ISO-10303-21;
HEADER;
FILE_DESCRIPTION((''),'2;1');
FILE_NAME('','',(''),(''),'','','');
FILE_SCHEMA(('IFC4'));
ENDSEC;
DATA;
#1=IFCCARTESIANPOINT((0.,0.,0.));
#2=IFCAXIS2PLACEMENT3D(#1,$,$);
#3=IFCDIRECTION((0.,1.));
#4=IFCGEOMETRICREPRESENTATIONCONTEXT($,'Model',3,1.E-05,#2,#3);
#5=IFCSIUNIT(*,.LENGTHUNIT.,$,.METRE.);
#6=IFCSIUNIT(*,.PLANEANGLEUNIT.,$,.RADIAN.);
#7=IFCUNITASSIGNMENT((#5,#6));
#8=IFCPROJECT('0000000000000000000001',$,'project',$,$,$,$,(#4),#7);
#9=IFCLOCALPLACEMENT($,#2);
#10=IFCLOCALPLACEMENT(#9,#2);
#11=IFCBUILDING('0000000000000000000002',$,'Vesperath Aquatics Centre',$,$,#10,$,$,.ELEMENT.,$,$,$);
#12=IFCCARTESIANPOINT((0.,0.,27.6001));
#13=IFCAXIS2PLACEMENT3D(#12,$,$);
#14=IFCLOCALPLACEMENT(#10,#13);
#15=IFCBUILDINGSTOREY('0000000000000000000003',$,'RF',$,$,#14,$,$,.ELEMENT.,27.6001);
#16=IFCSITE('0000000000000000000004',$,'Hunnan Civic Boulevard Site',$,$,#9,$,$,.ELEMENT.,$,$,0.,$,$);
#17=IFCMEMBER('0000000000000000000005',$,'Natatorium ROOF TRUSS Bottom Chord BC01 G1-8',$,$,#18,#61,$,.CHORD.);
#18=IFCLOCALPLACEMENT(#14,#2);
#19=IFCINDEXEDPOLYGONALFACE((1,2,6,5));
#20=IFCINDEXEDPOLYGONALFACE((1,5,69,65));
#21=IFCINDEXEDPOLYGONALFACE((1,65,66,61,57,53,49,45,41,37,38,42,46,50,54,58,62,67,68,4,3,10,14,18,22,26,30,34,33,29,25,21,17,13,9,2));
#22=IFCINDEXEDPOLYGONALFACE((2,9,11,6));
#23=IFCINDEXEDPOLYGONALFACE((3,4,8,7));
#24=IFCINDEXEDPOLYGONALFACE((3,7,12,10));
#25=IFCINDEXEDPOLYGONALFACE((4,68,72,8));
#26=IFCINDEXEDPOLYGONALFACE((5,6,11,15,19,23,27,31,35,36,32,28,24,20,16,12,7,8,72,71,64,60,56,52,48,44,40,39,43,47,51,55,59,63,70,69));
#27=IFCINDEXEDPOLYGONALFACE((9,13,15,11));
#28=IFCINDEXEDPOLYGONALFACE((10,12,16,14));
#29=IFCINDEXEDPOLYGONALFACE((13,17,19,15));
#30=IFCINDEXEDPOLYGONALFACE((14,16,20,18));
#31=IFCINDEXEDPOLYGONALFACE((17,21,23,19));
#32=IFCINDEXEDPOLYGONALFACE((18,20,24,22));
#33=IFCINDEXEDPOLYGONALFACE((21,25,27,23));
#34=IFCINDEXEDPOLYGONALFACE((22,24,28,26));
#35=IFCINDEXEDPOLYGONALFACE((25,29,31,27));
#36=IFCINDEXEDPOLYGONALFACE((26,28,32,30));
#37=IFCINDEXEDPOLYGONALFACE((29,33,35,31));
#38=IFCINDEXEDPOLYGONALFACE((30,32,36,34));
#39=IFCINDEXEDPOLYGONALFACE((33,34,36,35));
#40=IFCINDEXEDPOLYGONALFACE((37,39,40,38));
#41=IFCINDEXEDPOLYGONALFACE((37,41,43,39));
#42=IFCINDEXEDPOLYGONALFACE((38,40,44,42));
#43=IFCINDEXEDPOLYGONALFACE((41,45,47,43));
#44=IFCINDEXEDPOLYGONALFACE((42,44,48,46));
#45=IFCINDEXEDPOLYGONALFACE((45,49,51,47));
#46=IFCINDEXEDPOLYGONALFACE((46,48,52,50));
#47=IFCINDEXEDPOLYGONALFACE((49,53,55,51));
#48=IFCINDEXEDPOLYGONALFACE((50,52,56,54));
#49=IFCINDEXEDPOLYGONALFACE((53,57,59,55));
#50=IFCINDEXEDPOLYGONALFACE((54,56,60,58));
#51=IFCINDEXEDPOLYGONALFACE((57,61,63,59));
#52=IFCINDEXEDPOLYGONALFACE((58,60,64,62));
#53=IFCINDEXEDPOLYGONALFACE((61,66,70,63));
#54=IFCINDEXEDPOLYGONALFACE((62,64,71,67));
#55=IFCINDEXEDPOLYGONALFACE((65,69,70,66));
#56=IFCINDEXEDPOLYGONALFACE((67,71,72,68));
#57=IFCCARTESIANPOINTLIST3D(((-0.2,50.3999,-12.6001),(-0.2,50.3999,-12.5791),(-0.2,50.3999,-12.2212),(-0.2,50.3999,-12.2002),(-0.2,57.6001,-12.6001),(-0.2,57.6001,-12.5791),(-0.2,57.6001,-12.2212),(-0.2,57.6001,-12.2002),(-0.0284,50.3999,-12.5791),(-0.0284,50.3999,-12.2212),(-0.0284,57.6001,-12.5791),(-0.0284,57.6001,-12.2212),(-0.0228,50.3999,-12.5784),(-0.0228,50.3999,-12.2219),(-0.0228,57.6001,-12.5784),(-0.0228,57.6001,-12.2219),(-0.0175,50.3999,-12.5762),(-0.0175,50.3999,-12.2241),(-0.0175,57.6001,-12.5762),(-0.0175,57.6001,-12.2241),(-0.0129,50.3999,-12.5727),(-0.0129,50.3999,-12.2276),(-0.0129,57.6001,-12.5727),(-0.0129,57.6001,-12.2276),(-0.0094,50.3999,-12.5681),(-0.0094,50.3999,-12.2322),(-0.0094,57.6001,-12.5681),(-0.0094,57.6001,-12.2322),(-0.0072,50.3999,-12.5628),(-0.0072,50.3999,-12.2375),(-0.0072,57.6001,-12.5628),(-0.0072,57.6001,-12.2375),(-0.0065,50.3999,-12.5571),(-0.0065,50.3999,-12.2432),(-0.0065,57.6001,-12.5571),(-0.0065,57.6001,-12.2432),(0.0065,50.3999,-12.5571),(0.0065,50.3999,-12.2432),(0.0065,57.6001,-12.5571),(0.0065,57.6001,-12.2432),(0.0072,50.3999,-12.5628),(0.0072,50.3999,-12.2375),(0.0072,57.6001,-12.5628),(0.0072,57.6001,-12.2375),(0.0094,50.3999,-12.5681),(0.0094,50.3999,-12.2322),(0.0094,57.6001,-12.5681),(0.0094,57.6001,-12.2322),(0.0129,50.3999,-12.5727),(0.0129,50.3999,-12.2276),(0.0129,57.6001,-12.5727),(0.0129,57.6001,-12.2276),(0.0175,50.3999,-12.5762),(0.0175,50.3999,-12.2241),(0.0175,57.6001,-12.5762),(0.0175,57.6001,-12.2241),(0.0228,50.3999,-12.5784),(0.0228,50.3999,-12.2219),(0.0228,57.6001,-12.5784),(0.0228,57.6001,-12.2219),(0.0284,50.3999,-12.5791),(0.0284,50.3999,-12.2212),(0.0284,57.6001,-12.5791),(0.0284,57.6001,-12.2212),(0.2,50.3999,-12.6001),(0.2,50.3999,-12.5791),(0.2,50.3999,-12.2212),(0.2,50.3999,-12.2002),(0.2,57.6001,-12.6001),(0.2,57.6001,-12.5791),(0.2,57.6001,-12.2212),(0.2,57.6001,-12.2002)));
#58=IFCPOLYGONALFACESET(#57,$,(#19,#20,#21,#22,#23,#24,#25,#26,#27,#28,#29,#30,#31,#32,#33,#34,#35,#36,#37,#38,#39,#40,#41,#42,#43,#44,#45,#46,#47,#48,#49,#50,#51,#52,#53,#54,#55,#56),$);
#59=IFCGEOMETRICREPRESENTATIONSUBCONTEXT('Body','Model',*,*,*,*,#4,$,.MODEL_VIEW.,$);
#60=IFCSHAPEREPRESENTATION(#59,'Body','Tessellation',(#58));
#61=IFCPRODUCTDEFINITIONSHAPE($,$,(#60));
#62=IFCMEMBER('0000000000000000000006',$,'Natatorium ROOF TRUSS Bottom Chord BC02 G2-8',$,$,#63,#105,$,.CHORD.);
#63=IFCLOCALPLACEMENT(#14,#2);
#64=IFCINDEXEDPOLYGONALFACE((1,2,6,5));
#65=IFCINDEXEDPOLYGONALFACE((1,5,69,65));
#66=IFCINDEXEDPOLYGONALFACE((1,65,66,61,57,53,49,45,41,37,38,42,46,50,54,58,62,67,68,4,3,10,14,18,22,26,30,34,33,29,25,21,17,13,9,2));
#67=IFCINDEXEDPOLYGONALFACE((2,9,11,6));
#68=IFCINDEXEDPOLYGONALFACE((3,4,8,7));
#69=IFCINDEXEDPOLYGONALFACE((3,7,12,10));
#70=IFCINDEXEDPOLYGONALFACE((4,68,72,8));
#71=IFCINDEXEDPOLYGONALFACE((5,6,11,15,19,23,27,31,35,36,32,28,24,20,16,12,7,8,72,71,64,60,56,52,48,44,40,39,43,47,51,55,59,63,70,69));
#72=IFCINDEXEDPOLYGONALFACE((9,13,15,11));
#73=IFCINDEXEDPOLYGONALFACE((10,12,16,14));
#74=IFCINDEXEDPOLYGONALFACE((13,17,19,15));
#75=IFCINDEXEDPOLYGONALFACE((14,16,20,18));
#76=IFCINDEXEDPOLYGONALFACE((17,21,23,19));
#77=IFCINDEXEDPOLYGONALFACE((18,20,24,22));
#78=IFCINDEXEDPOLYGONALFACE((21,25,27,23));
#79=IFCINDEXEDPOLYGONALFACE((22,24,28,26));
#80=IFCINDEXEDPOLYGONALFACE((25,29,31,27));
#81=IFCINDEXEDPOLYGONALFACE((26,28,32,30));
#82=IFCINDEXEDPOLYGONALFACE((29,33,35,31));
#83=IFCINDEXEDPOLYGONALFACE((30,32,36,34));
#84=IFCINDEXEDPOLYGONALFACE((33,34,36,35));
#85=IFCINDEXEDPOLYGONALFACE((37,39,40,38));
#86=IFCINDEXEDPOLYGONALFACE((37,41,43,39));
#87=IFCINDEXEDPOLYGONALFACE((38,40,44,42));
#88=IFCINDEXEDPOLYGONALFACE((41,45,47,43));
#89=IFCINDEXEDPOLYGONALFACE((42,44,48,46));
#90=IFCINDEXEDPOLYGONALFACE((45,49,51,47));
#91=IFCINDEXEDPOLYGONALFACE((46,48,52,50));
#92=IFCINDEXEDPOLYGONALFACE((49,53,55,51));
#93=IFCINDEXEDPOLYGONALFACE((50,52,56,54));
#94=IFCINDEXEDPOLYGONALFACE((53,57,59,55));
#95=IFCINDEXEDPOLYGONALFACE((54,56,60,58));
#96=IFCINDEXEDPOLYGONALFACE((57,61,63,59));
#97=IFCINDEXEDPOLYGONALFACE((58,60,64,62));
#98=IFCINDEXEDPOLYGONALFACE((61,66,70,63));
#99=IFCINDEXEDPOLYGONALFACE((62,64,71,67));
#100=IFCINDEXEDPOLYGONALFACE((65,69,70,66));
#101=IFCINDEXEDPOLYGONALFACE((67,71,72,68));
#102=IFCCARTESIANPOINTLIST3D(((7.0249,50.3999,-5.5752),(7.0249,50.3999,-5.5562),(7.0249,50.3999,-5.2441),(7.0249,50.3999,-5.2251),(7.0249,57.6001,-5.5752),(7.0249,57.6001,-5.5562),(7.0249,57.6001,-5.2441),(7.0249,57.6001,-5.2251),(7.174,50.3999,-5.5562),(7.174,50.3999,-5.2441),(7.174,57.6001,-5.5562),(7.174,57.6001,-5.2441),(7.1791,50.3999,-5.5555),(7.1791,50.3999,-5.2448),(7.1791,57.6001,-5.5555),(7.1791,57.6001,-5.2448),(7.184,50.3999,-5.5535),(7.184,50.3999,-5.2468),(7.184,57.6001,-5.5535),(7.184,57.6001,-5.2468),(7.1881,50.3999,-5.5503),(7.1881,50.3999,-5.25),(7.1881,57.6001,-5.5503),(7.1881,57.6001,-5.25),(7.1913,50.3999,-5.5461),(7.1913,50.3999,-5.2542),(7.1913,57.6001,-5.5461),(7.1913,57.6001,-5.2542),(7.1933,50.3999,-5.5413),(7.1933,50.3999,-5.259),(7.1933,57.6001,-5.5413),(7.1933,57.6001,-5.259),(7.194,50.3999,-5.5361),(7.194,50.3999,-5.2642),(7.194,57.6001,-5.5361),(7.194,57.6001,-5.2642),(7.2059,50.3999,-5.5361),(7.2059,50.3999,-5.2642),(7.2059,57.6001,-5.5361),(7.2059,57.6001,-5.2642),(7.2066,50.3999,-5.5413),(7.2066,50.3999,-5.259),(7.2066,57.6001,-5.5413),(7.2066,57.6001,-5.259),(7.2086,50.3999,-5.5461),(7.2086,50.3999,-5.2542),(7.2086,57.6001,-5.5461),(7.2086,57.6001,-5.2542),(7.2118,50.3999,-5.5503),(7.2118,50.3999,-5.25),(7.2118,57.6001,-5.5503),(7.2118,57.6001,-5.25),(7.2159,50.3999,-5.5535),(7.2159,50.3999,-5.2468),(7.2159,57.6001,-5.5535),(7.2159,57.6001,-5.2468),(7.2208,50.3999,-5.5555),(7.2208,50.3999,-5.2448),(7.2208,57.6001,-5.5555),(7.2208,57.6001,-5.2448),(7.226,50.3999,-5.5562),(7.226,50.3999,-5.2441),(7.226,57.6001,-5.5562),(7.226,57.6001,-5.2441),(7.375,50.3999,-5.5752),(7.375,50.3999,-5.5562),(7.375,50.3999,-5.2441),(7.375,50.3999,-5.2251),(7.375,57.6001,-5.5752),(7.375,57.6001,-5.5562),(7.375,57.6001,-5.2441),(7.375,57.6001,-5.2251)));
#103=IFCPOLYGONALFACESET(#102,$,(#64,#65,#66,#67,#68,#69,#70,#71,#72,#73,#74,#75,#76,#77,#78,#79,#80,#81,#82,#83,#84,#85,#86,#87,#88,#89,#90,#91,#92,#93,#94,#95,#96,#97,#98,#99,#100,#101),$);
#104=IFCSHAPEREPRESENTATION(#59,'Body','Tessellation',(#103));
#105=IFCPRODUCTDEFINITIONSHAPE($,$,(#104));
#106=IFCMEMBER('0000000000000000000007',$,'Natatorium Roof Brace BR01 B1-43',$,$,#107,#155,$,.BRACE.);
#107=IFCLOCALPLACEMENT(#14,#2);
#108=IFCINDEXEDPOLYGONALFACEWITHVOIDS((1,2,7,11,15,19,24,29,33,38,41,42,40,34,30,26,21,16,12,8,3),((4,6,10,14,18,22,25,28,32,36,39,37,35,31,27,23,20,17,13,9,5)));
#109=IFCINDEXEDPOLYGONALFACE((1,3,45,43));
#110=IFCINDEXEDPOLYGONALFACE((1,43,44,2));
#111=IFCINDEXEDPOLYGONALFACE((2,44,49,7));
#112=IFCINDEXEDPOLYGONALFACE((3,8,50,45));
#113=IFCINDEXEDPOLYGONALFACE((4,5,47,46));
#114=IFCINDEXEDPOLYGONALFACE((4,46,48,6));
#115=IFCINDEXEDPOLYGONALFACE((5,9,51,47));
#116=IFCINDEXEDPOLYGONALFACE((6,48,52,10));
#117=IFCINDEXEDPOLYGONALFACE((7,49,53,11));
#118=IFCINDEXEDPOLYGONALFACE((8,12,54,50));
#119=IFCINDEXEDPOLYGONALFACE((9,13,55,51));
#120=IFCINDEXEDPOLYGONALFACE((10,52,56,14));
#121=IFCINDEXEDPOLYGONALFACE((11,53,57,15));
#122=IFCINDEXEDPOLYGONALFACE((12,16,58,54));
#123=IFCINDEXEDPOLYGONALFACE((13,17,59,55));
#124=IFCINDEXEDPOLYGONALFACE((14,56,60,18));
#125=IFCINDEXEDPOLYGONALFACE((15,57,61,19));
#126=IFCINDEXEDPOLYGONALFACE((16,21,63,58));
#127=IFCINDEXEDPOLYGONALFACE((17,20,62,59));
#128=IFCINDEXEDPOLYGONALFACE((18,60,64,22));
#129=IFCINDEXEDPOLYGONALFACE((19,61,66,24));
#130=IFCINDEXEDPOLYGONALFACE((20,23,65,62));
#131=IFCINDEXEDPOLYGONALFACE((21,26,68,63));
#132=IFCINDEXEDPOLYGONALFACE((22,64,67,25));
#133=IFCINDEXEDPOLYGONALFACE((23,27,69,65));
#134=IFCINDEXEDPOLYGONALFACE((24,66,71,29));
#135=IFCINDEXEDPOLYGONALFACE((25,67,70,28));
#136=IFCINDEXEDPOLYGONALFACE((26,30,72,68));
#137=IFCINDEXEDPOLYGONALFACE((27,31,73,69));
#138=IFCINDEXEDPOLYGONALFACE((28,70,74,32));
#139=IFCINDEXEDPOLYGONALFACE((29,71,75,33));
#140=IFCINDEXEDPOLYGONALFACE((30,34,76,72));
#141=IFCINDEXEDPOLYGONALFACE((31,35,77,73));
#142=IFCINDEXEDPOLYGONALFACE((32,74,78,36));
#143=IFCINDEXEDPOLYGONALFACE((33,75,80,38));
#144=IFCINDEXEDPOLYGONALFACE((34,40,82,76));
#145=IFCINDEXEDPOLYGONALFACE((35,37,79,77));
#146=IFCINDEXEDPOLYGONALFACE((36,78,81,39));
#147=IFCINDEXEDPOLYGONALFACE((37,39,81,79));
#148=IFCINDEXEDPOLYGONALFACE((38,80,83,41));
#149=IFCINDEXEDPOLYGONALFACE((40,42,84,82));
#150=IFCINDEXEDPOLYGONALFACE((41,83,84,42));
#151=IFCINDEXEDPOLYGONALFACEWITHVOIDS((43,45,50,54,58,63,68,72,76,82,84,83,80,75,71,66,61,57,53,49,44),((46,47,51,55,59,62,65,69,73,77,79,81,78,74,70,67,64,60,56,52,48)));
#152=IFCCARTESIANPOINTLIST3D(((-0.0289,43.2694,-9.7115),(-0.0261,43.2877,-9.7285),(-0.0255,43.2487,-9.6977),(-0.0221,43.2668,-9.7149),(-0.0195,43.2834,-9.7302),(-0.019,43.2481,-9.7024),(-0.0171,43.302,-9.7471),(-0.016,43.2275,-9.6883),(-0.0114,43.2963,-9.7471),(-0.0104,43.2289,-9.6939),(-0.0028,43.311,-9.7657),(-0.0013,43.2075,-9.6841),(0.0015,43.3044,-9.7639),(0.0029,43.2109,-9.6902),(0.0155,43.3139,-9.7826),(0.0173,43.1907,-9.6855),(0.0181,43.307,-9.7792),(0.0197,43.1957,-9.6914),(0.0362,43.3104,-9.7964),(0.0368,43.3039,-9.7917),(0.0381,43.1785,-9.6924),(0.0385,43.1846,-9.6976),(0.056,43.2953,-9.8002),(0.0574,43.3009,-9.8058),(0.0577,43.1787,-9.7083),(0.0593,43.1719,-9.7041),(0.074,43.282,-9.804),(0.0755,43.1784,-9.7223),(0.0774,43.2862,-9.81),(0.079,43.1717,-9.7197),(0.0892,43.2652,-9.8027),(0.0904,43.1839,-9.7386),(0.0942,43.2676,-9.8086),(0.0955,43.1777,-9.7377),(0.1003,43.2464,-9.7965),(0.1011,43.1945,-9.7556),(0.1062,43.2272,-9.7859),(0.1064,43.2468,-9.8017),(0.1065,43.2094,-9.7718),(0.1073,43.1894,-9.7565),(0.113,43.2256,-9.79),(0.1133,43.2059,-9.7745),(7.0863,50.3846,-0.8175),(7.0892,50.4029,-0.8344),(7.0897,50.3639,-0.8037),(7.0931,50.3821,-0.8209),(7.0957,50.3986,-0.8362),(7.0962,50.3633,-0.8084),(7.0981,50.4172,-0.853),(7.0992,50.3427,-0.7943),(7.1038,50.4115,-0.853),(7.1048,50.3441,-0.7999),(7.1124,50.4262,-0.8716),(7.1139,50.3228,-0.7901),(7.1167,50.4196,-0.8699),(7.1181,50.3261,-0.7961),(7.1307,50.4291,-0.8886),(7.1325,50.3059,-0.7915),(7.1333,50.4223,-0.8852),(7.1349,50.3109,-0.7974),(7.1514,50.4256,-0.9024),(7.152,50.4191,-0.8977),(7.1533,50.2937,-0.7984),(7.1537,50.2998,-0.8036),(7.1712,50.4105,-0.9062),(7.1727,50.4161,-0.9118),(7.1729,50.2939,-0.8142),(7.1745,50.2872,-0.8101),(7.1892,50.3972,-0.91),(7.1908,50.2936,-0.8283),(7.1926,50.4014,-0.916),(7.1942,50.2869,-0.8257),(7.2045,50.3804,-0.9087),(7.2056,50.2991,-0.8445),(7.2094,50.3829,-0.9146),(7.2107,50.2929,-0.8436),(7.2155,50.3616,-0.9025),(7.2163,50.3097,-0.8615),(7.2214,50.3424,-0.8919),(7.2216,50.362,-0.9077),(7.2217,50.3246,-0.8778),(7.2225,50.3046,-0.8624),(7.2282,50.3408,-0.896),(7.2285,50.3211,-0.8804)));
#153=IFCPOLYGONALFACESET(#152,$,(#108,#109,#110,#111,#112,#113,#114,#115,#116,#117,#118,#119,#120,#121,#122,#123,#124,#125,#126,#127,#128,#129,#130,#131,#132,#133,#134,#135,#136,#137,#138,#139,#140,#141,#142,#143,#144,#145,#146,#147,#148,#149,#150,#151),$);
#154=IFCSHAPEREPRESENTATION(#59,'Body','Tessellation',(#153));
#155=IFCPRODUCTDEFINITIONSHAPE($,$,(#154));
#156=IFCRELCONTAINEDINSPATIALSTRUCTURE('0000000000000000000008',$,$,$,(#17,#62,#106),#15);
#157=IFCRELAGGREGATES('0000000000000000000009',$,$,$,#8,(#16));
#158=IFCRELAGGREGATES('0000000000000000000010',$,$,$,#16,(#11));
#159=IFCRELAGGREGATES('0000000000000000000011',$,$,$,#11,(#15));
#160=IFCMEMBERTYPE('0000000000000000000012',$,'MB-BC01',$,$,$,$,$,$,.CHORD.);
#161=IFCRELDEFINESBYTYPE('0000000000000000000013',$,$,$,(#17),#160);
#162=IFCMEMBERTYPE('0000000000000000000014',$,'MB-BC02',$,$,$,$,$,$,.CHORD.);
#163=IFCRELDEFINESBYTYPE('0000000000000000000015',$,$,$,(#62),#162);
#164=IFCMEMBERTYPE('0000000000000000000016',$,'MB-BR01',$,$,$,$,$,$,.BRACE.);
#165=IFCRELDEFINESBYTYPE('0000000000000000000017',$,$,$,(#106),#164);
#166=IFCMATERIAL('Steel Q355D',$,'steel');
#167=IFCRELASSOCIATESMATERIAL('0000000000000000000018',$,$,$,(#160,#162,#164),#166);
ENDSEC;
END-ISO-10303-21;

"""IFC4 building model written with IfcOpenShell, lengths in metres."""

from ifc_helpers import new_model, si_unit, direction, frame, origin, origin_2d, place, context, subcontext, project, spatial, hollow_circle, i_section, extrude, material, material_profile, profile_set, type_object, element, save


model = new_model("IFC4")

# Units and contexts
model_context = context("Model", 3, precision=1e-05, world=origin(), true_north=direction((0.0, 1.0)))
body_context = subcontext(model_context, "Body", "Model", "MODEL_VIEW")
ifc_project = project(units=[si_unit("LENGTHUNIT", "METRE"), si_unit("PLANEANGLEUNIT", "RADIAN")], contexts=[model_context])

# Site, building, storey
site_placement = place(None, origin())
site = spatial("IfcSite", under=ifc_project, at=site_placement, Name="Hunnan Civic Boulevard Site", CompositionType="ELEMENT", RefElevation=0.0)
building_placement = place(site_placement, origin())
building = spatial("IfcBuilding", under=site, at=building_placement, Name="Vesperath Aquatics Centre", CompositionType="ELEMENT")
storey_placement = place(building_placement, frame((0.0, 0.0, 27.6001)))
storey = spatial("IfcBuildingStorey", under=building, at=storey_placement, Name="RF", CompositionType="ELEMENT", Elevation=27.6001)

# Members
ifc_material_1 = material(Name="Steel Q355D", Category="steel")
ifc_material_profile_1 = material_profile(ifc_material_1, i_section(OverallWidth=0.3999, OverallDepth=0.3999, WebThickness=0.0129, FlangeThickness=0.021, FilletRadius=0.022, at=origin_2d()), Name="HW 400x400x13x21")
ifc_profile_set_1 = profile_set([ifc_material_profile_1], Name="Steel Q355D")
member_type_1 = type_object("IfcMemberType", Name="MB-BC01", PredefinedType="CHORD", material=ifc_profile_set_1)
member_1_placement = place(storey_placement, frame((0.0, 50.3999, -12.4001), z_axis=(0.0, 1.0, 0.0), x_axis=(-1.0, 0.0, 0.0)))
element("IfcMember", 1, at=member_1_placement, inside=storey, type_object=member_type_1, Name="Natatorium ROOF TRUSS Bottom Chord BC01 G1-8", PredefinedType="CHORD", context=body_context, shape_type="SweptSolid", body=[
    extrude(i_section(OverallWidth=0.3999, OverallDepth=0.3999, WebThickness=0.0129, FlangeThickness=0.021, FilletRadius=0.022, at=origin_2d()), origin(), (0.0, 0.0, 1.0), 7.2002),
])
ifc_material_profile_2 = material_profile(ifc_material_1, i_section(OverallWidth=0.3501, OverallDepth=0.3501, WebThickness=0.012, FlangeThickness=0.019, FilletRadius=0.02, at=origin_2d()), Name="HW 350x350x12x19")
ifc_profile_set_2 = profile_set([ifc_material_profile_2], Name="Steel Q355D")
member_type_2 = type_object("IfcMemberType", Name="MB-BC02", PredefinedType="CHORD", material=ifc_profile_set_2)
member_2_placement = place(storey_placement, frame((7.2, 50.3999, -5.4001), z_axis=(0.0, 1.0, 0.0), x_axis=(-1.0, 0.0, 0.0)))
element("IfcMember", 2, at=member_2_placement, inside=storey, type_object=member_type_2, Name="Natatorium ROOF TRUSS Bottom Chord BC02 G2-8", PredefinedType="CHORD", context=body_context, shape_type="SweptSolid", body=[
    extrude(i_section(OverallWidth=0.3501, OverallDepth=0.3501, WebThickness=0.012, FlangeThickness=0.019, FilletRadius=0.02, at=origin_2d()), origin(), (0.0, 0.0, 1.0), 7.2002),
])
ifc_material_profile_3 = material_profile(ifc_material_1, hollow_circle(Radius=0.0842, WallThickness=0.0081, at=origin_2d()), Name="CHS 168.3x8")
ifc_profile_set_3 = profile_set([ifc_material_profile_3], Name="Steel Q355D")
member_type_3 = type_object("IfcMemberType", Name="MB-BR01", PredefinedType="BRACE", material=ifc_profile_set_3)
for number, where, z_axis, x_axis, name in (
    (3, (0.0425, 43.2424, -9.7471), (0.529813, 0.529813, 0.662266), (-0.707107, 0.707107, 0.0), "Natatorium Roof Brace BR01 B1-43"),
):
    element("IfcMember", number, at=place(storey_placement, frame(where, z_axis=z_axis, x_axis=x_axis)), inside=storey, type_object=member_type_3, Name=name, PredefinedType="BRACE", context=body_context, shape_type="SweptSolid", body=[
        extrude(hollow_circle(Radius=0.0842, WallThickness=0.0081, at=origin_2d()), origin(), (0.0, 0.0, 1.0), 13.4297),
    ])

save(model, "model.ifc")
